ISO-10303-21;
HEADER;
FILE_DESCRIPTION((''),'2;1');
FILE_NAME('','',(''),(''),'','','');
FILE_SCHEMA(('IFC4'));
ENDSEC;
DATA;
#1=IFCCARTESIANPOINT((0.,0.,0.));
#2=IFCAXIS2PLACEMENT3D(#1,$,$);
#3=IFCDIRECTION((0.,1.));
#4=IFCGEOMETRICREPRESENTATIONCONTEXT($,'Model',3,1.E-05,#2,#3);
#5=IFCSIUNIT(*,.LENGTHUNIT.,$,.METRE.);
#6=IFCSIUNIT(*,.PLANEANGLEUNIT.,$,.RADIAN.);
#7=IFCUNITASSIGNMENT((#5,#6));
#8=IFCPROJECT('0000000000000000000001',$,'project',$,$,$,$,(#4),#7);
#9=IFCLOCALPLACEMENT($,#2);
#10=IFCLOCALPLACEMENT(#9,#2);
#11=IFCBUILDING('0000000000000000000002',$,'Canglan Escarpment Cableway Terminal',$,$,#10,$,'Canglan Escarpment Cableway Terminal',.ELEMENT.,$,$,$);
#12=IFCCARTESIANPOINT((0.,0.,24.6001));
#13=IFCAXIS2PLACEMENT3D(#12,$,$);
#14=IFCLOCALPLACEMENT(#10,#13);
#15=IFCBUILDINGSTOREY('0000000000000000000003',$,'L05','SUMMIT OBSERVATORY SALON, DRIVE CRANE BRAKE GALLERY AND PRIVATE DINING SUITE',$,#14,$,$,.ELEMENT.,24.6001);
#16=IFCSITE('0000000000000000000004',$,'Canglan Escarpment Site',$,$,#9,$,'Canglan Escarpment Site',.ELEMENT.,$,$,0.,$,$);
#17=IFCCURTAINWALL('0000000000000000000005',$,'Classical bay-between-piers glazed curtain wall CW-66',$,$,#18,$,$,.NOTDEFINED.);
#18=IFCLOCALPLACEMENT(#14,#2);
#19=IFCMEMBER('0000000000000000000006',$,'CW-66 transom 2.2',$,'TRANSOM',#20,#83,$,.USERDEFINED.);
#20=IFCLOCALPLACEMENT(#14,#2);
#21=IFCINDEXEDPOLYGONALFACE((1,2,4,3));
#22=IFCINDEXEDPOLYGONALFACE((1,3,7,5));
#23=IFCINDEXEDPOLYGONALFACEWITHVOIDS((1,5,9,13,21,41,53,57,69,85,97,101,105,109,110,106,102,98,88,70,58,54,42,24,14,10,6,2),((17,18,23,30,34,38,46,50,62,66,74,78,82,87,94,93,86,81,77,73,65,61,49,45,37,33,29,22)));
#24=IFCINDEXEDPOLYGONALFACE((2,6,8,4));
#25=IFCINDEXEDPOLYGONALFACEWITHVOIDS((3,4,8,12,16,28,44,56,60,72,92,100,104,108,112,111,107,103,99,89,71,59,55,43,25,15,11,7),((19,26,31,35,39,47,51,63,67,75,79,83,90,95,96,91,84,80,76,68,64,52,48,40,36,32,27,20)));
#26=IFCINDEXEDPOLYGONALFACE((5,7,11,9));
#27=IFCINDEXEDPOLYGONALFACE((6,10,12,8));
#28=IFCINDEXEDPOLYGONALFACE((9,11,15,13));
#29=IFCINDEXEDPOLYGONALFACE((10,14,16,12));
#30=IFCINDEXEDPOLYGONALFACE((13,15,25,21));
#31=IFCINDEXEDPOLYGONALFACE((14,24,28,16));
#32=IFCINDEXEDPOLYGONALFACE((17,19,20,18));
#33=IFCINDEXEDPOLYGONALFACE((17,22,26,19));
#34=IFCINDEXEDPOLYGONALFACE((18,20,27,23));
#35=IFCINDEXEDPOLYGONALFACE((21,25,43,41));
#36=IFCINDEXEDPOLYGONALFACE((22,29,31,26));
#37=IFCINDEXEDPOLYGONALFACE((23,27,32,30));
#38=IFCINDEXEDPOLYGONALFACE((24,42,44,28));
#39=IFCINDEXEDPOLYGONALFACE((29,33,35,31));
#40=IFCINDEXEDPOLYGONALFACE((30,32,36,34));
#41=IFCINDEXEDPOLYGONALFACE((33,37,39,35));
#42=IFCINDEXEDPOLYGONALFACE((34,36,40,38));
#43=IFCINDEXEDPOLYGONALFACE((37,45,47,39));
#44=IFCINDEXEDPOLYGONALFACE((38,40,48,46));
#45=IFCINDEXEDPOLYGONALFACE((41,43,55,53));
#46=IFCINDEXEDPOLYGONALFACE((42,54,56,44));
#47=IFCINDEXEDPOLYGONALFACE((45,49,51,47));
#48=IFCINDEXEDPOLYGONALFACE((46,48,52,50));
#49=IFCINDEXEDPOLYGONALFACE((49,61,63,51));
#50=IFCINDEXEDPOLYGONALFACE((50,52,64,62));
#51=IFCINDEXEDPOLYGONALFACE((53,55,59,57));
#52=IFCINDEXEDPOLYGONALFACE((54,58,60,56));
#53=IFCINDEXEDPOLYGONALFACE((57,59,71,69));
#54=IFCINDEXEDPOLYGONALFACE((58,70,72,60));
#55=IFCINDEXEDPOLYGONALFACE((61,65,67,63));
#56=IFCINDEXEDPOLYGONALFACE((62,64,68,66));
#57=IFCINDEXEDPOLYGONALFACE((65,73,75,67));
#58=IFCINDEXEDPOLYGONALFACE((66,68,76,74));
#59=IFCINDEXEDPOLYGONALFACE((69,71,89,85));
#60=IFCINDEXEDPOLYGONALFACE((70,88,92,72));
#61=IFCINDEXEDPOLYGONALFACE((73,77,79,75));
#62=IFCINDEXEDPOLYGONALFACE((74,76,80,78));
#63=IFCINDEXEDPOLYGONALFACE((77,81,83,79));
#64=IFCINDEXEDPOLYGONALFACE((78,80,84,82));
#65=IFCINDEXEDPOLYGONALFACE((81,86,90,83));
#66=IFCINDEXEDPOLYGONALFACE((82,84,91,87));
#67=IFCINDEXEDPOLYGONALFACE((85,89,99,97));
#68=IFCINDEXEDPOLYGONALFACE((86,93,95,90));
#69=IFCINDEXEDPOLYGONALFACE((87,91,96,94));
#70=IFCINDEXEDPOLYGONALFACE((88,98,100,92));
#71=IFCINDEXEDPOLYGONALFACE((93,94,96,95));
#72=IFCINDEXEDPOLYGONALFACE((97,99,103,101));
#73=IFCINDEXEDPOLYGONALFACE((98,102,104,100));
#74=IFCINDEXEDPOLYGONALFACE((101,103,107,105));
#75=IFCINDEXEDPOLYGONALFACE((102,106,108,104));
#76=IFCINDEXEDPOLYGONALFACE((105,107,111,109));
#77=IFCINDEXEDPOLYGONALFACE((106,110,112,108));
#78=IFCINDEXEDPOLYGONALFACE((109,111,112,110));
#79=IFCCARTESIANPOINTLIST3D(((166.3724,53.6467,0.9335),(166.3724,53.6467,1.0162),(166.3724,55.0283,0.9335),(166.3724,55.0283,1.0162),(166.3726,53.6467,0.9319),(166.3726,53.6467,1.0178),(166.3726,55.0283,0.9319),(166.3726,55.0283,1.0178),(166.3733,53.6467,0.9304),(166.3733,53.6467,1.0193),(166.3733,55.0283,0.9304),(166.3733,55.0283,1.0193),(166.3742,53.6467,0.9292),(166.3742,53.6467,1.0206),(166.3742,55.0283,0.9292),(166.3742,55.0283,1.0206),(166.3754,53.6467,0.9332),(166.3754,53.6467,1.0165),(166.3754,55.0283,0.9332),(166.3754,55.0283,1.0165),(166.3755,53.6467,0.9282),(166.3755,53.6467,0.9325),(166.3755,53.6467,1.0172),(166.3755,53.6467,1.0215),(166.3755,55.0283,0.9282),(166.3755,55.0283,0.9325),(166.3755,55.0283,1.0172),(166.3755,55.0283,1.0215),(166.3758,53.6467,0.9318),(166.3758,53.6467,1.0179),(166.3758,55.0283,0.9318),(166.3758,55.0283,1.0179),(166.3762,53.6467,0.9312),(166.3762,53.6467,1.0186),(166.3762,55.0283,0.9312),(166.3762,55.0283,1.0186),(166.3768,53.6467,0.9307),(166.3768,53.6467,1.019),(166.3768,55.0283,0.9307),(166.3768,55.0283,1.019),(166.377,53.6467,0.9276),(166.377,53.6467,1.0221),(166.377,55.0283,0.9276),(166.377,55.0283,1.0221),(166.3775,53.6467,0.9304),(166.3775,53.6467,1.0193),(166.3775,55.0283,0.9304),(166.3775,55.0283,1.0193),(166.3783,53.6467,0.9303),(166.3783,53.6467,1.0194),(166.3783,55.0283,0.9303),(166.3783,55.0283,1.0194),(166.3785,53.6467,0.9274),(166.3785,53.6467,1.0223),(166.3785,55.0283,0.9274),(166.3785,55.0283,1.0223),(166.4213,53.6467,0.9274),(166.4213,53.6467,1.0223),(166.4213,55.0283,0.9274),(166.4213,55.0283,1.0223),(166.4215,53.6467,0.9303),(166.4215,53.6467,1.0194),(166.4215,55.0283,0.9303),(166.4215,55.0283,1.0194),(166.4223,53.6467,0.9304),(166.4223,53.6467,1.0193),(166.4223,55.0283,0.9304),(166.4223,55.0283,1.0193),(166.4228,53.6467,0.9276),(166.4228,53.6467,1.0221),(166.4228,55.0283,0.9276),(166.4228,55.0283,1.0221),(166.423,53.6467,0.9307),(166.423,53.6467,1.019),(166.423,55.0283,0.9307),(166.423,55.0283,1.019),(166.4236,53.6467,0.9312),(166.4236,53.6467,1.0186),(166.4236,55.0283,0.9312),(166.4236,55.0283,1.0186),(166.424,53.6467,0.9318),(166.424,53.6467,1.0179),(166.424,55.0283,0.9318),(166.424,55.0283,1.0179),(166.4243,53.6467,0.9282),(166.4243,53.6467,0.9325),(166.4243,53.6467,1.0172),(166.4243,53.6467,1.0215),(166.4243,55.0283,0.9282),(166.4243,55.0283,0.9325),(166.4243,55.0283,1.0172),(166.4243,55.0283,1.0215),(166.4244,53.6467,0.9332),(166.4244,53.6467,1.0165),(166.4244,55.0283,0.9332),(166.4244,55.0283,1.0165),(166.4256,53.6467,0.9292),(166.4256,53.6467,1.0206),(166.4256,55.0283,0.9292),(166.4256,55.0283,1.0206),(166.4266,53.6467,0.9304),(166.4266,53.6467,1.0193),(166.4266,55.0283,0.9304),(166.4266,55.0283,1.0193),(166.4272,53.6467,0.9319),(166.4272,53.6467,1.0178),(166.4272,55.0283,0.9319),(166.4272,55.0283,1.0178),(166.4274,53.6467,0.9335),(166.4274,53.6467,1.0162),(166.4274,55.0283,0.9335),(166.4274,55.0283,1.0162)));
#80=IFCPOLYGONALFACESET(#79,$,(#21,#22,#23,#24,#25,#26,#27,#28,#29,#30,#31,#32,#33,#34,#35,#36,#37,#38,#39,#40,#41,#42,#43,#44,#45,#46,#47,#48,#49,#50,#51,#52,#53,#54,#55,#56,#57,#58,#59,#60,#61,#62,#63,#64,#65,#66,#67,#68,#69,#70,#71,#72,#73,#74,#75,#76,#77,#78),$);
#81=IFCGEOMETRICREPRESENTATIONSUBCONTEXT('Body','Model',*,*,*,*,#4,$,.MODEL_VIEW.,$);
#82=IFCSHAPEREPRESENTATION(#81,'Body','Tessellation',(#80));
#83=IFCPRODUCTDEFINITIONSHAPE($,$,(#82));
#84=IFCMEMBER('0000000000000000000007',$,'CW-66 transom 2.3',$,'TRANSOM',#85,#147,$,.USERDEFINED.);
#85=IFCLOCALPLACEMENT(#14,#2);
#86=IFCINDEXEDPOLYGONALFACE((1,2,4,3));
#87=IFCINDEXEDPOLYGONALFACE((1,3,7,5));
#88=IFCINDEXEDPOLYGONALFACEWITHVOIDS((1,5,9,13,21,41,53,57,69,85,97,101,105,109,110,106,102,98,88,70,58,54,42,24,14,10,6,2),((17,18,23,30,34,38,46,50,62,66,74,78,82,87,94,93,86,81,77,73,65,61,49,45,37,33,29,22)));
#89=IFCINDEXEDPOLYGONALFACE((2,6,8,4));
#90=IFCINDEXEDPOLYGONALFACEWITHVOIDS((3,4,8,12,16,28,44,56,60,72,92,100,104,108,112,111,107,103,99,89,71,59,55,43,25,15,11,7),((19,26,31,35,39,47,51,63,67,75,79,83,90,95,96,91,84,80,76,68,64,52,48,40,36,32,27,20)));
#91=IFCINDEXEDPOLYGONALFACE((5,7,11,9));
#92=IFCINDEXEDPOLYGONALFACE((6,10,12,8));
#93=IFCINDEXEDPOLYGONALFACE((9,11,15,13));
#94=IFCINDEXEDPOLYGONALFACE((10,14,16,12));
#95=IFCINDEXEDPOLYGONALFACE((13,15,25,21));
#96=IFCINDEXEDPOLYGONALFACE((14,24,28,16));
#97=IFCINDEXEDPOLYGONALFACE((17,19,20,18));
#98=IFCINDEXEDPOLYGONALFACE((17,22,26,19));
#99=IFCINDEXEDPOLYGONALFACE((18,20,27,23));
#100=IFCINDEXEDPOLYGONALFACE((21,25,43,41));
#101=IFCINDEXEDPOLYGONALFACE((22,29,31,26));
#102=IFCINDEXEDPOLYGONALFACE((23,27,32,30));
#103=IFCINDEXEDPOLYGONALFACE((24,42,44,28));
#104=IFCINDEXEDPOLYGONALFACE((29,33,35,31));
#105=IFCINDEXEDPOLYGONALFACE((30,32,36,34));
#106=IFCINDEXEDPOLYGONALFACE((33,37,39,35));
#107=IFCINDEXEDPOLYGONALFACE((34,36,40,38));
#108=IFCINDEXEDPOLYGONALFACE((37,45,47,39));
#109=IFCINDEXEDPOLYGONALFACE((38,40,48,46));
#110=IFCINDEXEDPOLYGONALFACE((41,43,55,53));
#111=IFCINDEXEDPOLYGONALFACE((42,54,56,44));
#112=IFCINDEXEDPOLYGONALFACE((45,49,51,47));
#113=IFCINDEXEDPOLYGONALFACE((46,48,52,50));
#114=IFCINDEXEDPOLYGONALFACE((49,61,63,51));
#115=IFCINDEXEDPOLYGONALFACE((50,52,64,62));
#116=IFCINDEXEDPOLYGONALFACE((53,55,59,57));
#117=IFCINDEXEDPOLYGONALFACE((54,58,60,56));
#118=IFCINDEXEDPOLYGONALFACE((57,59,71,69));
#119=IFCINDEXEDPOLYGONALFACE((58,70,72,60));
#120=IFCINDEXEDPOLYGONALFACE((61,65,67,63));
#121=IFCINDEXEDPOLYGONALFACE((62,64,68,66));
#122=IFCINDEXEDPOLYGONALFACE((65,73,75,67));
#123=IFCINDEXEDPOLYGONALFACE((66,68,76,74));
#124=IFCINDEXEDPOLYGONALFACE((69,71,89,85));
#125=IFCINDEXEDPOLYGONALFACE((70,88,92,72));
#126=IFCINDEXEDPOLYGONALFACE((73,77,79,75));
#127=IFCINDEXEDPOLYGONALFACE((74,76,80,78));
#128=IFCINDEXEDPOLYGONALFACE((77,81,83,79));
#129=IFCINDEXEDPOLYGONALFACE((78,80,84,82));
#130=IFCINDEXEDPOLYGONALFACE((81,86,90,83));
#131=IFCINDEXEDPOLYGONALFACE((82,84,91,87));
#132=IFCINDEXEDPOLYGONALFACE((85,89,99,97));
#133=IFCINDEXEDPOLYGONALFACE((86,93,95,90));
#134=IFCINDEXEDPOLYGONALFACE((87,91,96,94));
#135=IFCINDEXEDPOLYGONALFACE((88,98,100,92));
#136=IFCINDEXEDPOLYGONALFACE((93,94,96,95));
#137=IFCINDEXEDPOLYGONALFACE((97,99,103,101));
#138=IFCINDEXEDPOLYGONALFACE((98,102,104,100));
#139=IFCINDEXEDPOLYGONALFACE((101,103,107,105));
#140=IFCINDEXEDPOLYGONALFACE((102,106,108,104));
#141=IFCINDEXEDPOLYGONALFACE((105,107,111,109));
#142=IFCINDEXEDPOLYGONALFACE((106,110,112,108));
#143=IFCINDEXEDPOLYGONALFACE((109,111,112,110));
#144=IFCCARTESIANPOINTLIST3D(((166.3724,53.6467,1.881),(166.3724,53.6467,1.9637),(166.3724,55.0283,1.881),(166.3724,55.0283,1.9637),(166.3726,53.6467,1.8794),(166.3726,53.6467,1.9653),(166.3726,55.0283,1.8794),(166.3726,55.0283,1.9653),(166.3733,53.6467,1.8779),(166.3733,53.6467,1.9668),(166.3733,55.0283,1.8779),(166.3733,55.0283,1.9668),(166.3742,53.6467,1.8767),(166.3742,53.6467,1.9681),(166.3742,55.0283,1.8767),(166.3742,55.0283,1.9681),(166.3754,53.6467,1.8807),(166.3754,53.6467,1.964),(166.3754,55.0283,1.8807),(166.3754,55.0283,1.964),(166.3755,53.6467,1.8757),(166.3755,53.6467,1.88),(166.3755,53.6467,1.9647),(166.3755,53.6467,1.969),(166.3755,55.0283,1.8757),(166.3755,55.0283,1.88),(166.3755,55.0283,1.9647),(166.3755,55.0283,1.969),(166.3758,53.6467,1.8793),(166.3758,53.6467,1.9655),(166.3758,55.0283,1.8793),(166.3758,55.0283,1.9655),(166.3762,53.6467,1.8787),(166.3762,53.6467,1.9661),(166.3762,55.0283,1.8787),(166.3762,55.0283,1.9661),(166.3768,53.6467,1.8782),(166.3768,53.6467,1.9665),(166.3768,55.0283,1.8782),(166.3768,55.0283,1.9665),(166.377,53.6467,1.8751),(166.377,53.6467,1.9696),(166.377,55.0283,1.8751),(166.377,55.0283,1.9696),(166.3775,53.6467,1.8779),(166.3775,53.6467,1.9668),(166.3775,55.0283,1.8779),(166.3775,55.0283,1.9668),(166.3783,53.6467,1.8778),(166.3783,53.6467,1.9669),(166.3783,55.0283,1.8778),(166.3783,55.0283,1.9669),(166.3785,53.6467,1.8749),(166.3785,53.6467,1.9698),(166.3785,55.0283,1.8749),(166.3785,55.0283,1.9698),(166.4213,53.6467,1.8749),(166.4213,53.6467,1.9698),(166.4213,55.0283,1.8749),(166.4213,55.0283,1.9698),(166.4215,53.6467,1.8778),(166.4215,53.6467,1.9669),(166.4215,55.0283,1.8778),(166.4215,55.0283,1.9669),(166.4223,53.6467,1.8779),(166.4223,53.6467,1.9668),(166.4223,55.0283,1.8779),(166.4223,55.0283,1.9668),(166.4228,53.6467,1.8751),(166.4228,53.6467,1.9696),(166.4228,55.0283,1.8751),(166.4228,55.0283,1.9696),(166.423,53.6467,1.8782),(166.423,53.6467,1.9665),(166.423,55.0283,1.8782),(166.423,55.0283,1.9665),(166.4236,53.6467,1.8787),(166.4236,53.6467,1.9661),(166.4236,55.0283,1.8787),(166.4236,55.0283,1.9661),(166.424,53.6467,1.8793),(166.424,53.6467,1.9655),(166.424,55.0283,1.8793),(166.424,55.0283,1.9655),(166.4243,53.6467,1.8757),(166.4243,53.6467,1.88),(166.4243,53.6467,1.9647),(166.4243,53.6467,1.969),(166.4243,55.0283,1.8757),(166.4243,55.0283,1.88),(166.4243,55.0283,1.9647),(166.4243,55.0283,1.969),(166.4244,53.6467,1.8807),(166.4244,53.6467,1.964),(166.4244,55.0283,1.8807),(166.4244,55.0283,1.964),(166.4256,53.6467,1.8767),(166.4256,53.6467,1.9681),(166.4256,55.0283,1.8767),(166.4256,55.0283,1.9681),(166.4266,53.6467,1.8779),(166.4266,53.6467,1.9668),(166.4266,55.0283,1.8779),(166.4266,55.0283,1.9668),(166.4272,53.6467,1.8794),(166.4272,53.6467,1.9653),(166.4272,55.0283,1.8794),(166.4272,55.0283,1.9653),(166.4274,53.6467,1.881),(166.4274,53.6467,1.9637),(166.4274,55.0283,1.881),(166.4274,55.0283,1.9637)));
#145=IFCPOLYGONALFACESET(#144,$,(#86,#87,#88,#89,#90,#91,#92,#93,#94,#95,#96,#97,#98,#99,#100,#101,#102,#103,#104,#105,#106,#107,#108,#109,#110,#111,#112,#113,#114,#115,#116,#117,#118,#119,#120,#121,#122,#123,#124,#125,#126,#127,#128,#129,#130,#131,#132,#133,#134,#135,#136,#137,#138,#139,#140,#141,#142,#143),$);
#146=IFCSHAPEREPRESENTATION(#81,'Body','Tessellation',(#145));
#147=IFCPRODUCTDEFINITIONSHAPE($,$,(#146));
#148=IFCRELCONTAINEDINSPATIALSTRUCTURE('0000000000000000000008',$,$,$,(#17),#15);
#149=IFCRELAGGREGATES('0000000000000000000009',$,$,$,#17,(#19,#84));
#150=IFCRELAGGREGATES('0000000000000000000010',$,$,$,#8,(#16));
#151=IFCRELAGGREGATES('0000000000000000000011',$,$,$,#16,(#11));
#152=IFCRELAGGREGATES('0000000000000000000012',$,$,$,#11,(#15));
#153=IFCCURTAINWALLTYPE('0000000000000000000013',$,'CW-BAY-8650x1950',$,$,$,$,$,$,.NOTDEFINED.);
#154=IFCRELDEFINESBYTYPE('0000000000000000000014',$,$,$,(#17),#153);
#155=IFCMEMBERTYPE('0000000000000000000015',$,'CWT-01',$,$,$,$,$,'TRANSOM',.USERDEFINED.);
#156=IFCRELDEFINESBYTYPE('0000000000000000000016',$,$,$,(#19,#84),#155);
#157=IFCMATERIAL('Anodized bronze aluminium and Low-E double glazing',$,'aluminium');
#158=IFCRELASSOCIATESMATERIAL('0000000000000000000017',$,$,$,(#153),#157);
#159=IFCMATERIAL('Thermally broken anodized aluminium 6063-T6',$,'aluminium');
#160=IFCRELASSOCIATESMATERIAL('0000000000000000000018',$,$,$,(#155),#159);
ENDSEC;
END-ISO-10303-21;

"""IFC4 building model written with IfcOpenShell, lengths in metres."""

from ifc_helpers import new_model, si_unit, direction, frame, origin, origin_2d, place, context, subcontext, project, spatial, hollow_rectangle, extrude, material, material_profile, profile_set, type_object, element, aggregate, save


model = new_model("IFC4")

# Units and contexts
model_context = context("Model", 3, precision=1e-05, world=origin(), true_north=direction((0.0, 1.0)))
body_context = subcontext(model_context, "Body", "Model", "MODEL_VIEW")
ifc_project = project(units=[si_unit("LENGTHUNIT", "METRE"), si_unit("PLANEANGLEUNIT", "RADIAN")], contexts=[model_context])

# Site, building, storey
site_placement = place(None, origin())
site = spatial("IfcSite", under=ifc_project, at=site_placement, Name="Canglan Escarpment Site", LongName="Canglan Escarpment Site", CompositionType="ELEMENT", RefElevation=0.0)
building_placement = place(site_placement, origin())
building = spatial("IfcBuilding", under=site, at=building_placement, Name="Canglan Escarpment Cableway Terminal", LongName="Canglan Escarpment Cableway Terminal", CompositionType="ELEMENT")
storey_placement = place(building_placement, frame((0.0, 0.0, 24.6001)))
storey = spatial("IfcBuildingStorey", under=building, at=storey_placement, Name="L05", Description="SUMMIT OBSERVATORY SALON, DRIVE CRANE BRAKE GALLERY AND PRIVATE DINING SUITE", CompositionType="ELEMENT", Elevation=24.6001)

# Shared definitions
ifc_material_1 = material(Name="Anodized bronze aluminium and Low-E double glazing", Category="aluminium")
ifc_material_2 = material(Name="Thermally broken anodized aluminium 6063-T6", Category="aluminium")

# Curtain wall, members
curtain_wall_type_1 = type_object("IfcCurtainWallType", Name="CW-BAY-8650x1950", PredefinedType="NOTDEFINED", material=ifc_material_1)
curtain_wall_1_placement = place(storey_placement, origin())
curtain_wall_1 = element("IfcCurtainWall", 1, at=curtain_wall_1_placement, inside=storey, type_object=curtain_wall_type_1, Name="Classical bay-between-piers glazed curtain wall CW-66", PredefinedType="NOTDEFINED")
ifc_material_profile_1 = material_profile(ifc_material_2, hollow_rectangle(XDim=0.0549, YDim=0.095, WallThickness=0.0029, InnerFilletRadius=0.0029, OuterFilletRadius=0.0061, at=origin_2d()), Name="ALU-TRAN 55x95x3")
ifc_profile_set_1 = profile_set([ifc_material_profile_1], Name="Thermally broken anodized aluminium 6063-T6")
member_type_1 = type_object("IfcMemberType", Name="CWT-01", ElementType="TRANSOM", PredefinedType="USERDEFINED", material=ifc_profile_set_1)
member_1_placement = place(storey_placement, frame((166.3999, 53.6467, 0.9749), z_axis=(0.0, 1.0, 0.0), x_axis=(-1.0, 0.0, 0.0)))
member_1 = element("IfcMember", 2, at=member_1_placement, type_object=member_type_1, Name="CW-66 transom 2.2", ObjectType="TRANSOM", PredefinedType="USERDEFINED", context=body_context, shape_type="SweptSolid", body=[
    extrude(hollow_rectangle(XDim=0.0549, YDim=0.095, WallThickness=0.0029, InnerFilletRadius=0.0029, OuterFilletRadius=0.0061, at=origin_2d()), origin(), (0.0, 0.0, 1.0), 1.3816),
])
member_2_placement = place(storey_placement, frame((166.3999, 53.6467, 1.9224), z_axis=(0.0, 1.0, 0.0), x_axis=(-1.0, 0.0, 0.0)))
member_2 = element("IfcMember", 3, at=member_2_placement, type_object=member_type_1, Name="CW-66 transom 2.3", ObjectType="TRANSOM", PredefinedType="USERDEFINED", context=body_context, shape_type="SweptSolid", body=[
    extrude(hollow_rectangle(XDim=0.0549, YDim=0.095, WallThickness=0.0029, InnerFilletRadius=0.0029, OuterFilletRadius=0.0061, at=origin_2d()), origin(), (0.0, 0.0, 1.0), 1.3816),
])

aggregate(curtain_wall_1, [member_1, member_2])

save(model, "model.ifc")
